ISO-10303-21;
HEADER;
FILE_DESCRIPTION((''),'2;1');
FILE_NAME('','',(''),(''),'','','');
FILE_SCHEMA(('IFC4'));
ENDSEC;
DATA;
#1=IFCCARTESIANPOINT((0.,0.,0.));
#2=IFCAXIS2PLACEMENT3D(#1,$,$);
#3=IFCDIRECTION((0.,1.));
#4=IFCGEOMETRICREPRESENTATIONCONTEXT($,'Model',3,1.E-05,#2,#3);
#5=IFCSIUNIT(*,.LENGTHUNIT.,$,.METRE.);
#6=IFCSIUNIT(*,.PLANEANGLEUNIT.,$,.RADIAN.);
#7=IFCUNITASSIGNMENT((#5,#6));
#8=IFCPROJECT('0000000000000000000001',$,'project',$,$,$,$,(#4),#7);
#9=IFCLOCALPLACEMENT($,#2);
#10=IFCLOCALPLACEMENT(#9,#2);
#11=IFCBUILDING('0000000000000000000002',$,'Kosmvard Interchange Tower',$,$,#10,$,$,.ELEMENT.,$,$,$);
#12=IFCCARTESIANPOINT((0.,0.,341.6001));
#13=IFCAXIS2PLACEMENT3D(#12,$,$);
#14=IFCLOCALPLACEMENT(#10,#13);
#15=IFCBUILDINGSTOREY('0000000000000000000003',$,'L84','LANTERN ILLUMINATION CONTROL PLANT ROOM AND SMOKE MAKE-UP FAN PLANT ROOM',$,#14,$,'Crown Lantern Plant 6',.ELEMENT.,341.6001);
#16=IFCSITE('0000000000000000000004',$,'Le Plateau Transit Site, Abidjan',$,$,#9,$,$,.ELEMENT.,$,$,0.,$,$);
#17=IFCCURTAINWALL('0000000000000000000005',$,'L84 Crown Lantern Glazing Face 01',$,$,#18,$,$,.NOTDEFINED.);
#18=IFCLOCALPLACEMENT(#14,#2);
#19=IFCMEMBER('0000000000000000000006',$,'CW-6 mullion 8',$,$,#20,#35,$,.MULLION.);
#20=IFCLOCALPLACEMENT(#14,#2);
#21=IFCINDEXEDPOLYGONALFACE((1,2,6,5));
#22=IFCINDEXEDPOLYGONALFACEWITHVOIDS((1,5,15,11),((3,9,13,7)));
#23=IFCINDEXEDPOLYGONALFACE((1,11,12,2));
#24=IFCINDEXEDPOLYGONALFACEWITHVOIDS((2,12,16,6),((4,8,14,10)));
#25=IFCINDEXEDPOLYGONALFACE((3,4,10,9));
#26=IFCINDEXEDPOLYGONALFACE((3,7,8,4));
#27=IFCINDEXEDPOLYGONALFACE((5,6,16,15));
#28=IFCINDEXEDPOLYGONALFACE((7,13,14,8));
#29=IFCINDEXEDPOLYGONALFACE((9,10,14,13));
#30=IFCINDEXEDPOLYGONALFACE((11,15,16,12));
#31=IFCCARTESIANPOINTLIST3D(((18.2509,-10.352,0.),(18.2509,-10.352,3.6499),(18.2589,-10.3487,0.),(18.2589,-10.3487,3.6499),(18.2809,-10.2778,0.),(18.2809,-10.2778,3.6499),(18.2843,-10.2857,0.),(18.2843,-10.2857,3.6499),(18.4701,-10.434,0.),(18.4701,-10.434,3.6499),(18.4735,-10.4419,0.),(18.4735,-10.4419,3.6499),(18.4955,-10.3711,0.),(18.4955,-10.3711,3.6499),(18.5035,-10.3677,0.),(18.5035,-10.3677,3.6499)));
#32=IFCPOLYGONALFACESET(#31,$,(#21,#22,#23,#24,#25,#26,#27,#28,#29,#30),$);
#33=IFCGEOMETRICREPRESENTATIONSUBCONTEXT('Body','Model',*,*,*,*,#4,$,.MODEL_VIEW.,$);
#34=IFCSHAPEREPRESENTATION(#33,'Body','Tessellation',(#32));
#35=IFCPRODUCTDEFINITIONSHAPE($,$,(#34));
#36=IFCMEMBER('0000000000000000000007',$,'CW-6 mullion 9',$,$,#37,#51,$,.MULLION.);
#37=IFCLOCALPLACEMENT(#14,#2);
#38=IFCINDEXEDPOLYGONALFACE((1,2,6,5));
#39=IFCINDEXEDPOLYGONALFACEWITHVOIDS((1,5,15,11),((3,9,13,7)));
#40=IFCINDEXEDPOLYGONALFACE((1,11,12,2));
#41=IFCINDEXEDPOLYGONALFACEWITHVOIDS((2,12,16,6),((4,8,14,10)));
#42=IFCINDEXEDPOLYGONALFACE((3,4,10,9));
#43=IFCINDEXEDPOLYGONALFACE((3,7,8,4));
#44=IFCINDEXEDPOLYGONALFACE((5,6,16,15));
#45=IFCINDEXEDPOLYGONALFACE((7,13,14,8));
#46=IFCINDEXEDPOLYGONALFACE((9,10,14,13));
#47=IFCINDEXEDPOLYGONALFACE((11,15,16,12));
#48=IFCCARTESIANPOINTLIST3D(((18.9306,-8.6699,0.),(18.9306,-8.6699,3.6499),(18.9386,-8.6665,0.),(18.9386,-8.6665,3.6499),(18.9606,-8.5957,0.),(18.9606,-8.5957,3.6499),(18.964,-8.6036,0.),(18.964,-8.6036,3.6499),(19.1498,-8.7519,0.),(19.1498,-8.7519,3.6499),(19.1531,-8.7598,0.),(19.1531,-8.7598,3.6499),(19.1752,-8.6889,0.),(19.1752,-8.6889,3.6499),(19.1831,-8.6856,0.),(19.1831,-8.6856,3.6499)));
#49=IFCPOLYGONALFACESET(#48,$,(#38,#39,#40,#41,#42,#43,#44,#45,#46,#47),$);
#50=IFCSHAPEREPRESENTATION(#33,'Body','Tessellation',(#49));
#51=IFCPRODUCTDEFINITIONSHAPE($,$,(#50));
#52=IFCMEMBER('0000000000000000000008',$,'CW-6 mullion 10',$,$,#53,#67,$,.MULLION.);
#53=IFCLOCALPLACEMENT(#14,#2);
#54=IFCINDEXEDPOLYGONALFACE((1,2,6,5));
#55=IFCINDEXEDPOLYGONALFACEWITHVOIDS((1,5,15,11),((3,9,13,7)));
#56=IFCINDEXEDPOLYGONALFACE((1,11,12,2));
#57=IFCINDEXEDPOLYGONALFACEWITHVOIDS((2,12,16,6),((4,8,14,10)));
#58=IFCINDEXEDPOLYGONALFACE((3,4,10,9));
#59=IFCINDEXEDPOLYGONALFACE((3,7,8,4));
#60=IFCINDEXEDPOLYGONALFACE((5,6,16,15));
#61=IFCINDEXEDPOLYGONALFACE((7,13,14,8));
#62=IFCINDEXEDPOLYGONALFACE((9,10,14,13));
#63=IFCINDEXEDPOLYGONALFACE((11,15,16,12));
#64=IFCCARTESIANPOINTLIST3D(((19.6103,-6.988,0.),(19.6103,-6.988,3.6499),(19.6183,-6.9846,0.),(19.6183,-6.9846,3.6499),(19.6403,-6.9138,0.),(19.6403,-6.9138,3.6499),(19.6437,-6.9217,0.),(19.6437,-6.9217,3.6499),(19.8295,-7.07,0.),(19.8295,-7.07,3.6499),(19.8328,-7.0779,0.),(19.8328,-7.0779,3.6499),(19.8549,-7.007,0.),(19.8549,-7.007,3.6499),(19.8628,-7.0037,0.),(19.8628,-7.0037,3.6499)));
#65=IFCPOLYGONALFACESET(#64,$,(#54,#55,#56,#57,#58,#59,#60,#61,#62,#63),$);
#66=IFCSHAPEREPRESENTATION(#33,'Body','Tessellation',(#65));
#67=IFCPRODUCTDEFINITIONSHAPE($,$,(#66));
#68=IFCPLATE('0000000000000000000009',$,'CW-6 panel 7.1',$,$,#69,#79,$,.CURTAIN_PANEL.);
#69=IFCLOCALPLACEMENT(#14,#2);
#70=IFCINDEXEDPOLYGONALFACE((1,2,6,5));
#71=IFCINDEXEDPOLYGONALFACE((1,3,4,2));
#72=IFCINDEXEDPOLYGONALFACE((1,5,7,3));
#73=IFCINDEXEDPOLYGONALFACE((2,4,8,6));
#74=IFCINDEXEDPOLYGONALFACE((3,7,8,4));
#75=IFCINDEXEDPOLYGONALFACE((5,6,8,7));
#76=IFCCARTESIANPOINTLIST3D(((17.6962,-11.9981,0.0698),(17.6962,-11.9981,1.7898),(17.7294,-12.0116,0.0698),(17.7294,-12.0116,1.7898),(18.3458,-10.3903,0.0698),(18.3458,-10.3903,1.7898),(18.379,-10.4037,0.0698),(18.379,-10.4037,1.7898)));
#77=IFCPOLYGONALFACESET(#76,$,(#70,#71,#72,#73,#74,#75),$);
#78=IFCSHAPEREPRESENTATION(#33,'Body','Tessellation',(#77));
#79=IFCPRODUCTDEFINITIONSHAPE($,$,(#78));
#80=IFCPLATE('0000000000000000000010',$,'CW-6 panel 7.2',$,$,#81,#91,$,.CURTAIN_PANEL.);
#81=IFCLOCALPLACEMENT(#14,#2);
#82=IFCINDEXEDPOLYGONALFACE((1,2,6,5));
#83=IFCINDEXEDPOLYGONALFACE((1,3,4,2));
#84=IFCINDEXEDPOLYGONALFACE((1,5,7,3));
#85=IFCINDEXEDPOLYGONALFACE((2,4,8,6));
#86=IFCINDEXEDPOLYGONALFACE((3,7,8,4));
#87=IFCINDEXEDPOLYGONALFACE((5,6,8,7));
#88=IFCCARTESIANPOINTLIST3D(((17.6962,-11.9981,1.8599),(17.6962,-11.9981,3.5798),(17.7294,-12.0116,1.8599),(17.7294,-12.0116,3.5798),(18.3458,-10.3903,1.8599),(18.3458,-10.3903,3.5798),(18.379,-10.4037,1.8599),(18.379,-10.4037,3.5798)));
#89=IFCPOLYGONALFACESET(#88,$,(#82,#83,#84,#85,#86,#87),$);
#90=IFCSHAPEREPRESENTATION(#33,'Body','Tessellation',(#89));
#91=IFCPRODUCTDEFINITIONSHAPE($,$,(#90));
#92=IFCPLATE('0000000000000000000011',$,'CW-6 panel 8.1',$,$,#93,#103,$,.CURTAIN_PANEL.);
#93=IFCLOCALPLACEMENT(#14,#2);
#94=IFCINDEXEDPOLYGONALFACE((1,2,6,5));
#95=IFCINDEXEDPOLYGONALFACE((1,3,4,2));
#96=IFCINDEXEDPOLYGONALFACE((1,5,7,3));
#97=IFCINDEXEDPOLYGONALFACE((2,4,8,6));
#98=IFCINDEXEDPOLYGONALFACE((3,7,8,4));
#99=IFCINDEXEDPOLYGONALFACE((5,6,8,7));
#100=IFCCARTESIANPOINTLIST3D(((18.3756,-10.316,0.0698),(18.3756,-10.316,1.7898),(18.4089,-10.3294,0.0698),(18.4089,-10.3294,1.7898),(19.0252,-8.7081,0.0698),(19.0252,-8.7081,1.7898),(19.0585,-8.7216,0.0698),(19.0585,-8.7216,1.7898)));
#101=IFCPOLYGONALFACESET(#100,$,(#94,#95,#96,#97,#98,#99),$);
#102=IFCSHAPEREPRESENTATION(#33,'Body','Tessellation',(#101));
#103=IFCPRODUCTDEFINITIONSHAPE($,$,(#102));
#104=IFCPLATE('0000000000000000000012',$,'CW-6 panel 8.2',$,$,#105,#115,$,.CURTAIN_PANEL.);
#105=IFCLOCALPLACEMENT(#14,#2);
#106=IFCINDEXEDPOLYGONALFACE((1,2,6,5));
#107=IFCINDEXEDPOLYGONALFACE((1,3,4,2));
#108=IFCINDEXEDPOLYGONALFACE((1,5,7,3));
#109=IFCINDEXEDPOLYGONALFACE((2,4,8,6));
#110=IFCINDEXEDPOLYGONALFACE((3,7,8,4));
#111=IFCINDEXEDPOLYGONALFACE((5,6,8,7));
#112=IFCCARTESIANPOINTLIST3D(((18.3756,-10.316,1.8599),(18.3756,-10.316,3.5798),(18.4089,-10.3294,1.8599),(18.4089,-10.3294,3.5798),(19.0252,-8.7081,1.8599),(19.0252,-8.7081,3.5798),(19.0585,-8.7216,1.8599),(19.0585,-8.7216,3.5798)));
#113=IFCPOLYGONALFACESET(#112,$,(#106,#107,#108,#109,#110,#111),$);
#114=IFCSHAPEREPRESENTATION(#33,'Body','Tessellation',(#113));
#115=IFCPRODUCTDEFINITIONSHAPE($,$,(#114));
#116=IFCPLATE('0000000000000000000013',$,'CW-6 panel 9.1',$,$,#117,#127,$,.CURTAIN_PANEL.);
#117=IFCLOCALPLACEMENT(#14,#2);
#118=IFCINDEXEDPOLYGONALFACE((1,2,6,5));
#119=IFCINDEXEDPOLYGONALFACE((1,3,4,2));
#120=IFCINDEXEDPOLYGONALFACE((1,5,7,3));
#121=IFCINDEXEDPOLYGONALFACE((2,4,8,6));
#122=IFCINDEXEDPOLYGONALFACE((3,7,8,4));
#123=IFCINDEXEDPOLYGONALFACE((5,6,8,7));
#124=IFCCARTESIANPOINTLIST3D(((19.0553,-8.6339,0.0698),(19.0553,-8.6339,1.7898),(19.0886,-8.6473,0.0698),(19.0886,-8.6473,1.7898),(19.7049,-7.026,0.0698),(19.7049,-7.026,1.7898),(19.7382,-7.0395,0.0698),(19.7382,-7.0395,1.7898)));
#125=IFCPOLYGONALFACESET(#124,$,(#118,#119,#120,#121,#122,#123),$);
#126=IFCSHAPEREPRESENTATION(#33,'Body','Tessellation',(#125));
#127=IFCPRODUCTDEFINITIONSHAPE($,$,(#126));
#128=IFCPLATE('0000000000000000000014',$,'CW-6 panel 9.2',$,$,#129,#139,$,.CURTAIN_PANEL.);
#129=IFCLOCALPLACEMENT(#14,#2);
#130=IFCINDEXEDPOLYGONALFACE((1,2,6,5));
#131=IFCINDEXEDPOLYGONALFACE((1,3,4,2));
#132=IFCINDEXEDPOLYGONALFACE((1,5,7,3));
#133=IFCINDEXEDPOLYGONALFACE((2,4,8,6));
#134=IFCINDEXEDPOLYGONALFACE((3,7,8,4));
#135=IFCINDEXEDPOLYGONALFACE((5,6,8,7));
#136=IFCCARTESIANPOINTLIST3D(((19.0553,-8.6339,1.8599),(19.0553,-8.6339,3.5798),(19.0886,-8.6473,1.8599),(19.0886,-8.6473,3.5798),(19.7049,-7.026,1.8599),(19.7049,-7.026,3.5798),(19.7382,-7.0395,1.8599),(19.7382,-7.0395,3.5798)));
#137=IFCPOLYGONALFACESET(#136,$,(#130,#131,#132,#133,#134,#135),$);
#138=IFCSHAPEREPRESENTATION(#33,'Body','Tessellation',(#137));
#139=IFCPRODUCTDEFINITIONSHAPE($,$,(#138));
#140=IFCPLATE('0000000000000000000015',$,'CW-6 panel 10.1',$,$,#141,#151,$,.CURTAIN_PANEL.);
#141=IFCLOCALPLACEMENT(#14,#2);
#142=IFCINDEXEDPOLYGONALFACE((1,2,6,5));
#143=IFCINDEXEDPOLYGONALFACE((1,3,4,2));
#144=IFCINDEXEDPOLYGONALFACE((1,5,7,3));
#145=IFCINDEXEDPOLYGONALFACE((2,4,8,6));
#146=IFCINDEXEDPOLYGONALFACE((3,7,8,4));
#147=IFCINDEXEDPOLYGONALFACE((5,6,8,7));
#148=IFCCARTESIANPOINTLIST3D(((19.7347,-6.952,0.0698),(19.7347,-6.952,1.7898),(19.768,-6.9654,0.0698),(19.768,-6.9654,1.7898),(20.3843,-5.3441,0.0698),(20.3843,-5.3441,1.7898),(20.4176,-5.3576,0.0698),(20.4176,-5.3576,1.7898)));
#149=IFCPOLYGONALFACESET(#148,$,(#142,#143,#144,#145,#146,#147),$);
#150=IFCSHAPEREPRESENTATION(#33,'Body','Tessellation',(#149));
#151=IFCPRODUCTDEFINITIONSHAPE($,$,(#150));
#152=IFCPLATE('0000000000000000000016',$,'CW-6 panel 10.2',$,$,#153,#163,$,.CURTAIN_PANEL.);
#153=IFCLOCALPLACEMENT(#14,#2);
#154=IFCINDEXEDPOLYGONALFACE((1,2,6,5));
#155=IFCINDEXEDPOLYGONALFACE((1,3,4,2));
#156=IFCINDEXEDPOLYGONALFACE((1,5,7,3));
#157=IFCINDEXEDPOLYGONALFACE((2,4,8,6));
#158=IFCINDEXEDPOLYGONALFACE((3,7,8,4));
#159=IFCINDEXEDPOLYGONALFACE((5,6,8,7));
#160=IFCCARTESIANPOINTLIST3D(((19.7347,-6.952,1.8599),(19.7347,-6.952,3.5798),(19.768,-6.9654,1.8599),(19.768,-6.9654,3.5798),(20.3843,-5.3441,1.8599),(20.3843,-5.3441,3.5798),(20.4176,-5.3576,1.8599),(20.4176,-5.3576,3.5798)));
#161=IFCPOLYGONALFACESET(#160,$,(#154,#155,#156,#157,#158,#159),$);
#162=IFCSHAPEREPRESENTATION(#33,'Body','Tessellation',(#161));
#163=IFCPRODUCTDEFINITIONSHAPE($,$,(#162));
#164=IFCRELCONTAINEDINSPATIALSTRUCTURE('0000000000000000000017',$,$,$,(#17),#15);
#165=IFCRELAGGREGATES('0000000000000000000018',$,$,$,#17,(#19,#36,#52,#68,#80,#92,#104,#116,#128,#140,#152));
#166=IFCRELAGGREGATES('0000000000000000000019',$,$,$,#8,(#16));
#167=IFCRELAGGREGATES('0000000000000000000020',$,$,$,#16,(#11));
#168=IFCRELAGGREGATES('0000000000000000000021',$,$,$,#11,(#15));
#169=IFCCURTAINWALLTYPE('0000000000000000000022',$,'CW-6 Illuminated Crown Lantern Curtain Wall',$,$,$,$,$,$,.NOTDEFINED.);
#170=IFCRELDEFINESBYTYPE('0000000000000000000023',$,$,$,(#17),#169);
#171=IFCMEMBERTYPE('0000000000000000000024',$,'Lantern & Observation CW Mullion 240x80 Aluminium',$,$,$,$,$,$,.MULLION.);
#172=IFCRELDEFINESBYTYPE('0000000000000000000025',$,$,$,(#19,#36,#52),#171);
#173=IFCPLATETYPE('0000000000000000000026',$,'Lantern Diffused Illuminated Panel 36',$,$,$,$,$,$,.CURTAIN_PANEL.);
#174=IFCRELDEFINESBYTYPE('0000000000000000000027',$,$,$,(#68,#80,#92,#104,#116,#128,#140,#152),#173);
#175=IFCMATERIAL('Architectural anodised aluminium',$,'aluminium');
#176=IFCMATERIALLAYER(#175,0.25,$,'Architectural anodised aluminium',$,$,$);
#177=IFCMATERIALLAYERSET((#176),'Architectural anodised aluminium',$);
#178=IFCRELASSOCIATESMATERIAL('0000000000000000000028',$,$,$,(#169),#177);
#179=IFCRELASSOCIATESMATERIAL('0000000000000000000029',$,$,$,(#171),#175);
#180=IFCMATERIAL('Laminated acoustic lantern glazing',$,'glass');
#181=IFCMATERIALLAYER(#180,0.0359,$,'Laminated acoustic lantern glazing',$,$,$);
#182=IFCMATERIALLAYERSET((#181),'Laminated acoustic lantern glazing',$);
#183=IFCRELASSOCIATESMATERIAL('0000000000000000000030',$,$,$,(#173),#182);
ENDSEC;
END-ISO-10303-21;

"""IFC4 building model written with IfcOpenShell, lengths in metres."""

from ifc_helpers import new_model, si_unit, direction, frame, origin, origin_2d, place, context, subcontext, project, spatial, rectangle, hollow_rectangle, extrude, source, transform, mapped, material, layer, layer_set, material_profile, profile_set, type_object, element, aggregate, save


model = new_model("IFC4")

# Units and contexts
model_context = context("Model", 3, precision=1e-05, world=origin(), true_north=direction((0.0, 1.0)))
body_context = subcontext(model_context, "Body", "Model", "MODEL_VIEW")
ifc_project = project(units=[si_unit("LENGTHUNIT", "METRE"), si_unit("PLANEANGLEUNIT", "RADIAN")], contexts=[model_context])

# Site, building, storey
site_placement = place(None, origin())
site = spatial("IfcSite", under=ifc_project, at=site_placement, Name="Le Plateau Transit Site, Abidjan", CompositionType="ELEMENT", RefElevation=0.0)
building_placement = place(site_placement, origin())
building = spatial("IfcBuilding", under=site, at=building_placement, Name="Kosmvard Interchange Tower", CompositionType="ELEMENT")
storey_placement = place(building_placement, frame((0.0, 0.0, 341.6001)))
storey = spatial("IfcBuildingStorey", under=building, at=storey_placement, Name="L84", Description="LANTERN ILLUMINATION CONTROL PLANT ROOM AND SMOKE MAKE-UP FAN PLANT ROOM", LongName="Crown Lantern Plant 6", CompositionType="ELEMENT", Elevation=341.6001)

# Curtain wall, members, plates
ifc_material_1 = material(Name="Architectural anodised aluminium", Category="aluminium")
ifc_layer_1 = layer(ifc_material_1, 0.25, Name="Architectural anodised aluminium")
ifc_layer_set_1 = layer_set([ifc_layer_1], Name="Architectural anodised aluminium")
curtain_wall_type = type_object("IfcCurtainWallType", Name="CW-6 Illuminated Crown Lantern Curtain Wall", PredefinedType="NOTDEFINED", material=ifc_layer_set_1)
curtain_wall_placement = place(storey_placement, origin())
curtain_wall = element("IfcCurtainWall", 1, at=curtain_wall_placement, inside=storey, type_object=curtain_wall_type, Name="L84 Crown Lantern Glazing Face 01", PredefinedType="NOTDEFINED")
ifc_material_profile_1 = material_profile(ifc_material_1, hollow_rectangle(XDim=0.24, YDim=0.0801, WallThickness=0.0061, at=origin_2d()), Name="CWM 240x80x6")
ifc_profile_set_1 = profile_set([ifc_material_profile_1], Name="Architectural anodised aluminium")
member_type_1 = type_object("IfcMemberType", Name="Lantern & Observation CW Mullion 240x80 Aluminium", PredefinedType="MULLION", material=ifc_profile_set_1)
shared_shape_1 = source(origin(), body_context, "Body", "SweptSolid", [
    extrude(hollow_rectangle(XDim=0.24, YDim=0.0801, WallThickness=0.0061, at=origin_2d()), origin(), (0.0, 0.0, 1.0), 3.6499),
])
member_1_placement = place(storey_placement, frame((18.3772, -10.3599, 0.0), z_axis=(0.0, 0.0, 1.0), x_axis=(-0.927184, 0.374607, 0.0)))
member_1 = element("IfcMember", 2, at=member_1_placement, type_object=member_type_1, Name="CW-6 mullion 8", PredefinedType="MULLION", context=body_context, shape_type="MappedRepresentation", body=[
    mapped(shared_shape_1, transform((0.0, 0.0, 0.0), scale=1.0)),
])
member_2_placement = place(storey_placement, frame((19.0569, -8.6777, 0.0), z_axis=(0.0, 0.0, 1.0), x_axis=(-0.927184, 0.374607, 0.0)))
member_2 = element("IfcMember", 3, at=member_2_placement, type_object=member_type_1, Name="CW-6 mullion 9", PredefinedType="MULLION", context=body_context, shape_type="MappedRepresentation", body=[
    mapped(shared_shape_1, transform((0.0, 0.0, 0.0), scale=1.0)),
])
member_3_placement = place(storey_placement, frame((19.7366, -6.9958, 0.0), z_axis=(0.0, 0.0, 1.0), x_axis=(-0.927184, 0.374607, 0.0)))
member_3 = element("IfcMember", 4, at=member_3_placement, type_object=member_type_1, Name="CW-6 mullion 10", PredefinedType="MULLION", context=body_context, shape_type="MappedRepresentation", body=[
    mapped(shared_shape_1, transform((0.0, 0.0, 0.0), scale=1.0)),
])
ifc_material_2 = material(Name="Laminated acoustic lantern glazing", Category="glass")
ifc_layer_2 = layer(ifc_material_2, 0.0359, Name="Laminated acoustic lantern glazing")
ifc_layer_set_2 = layer_set([ifc_layer_2], Name="Laminated acoustic lantern glazing")
plate_type = type_object("IfcPlateType", Name="Lantern Diffused Illuminated Panel 36", PredefinedType="CURTAIN_PANEL", material=ifc_layer_set_2)
shared_shape_2 = source(origin(), body_context, "Body", "SweptSolid", [
    extrude(rectangle(XDim=1.7341, YDim=0.0359, at=origin_2d()), origin(), (0.0, 0.0, 1.0), 1.72),
])
plate_1_placement = place(storey_placement, frame((18.0376, -11.2009, 0.0698), z_axis=(0.0, 0.0, 1.0), x_axis=(0.374607, 0.927184, 0.0)))
plate_1 = element("IfcPlate", 5, at=plate_1_placement, type_object=plate_type, Name="CW-6 panel 7.1", PredefinedType="CURTAIN_PANEL", context=body_context, shape_type="MappedRepresentation", body=[
    mapped(shared_shape_2, transform((0.0, 0.0, 0.0), scale=1.0)),
])
plate_2_placement = place(storey_placement, frame((18.0376, -11.2009, 1.8599), z_axis=(0.0, 0.0, 1.0), x_axis=(0.374607, 0.927184, 0.0)))
plate_2 = element("IfcPlate", 6, at=plate_2_placement, type_object=plate_type, Name="CW-6 panel 7.2", PredefinedType="CURTAIN_PANEL", context=body_context, shape_type="MappedRepresentation", body=[
    mapped(shared_shape_2, transform((0.0, 0.0, 0.0), scale=1.0)),
])
plate_3_placement = place(storey_placement, frame((18.717, -9.5188, 0.0698), z_axis=(0.0, 0.0, 1.0), x_axis=(0.374607, 0.927184, 0.0)))
plate_3 = element("IfcPlate", 7, at=plate_3_placement, type_object=plate_type, Name="CW-6 panel 8.1", PredefinedType="CURTAIN_PANEL", context=body_context, shape_type="MappedRepresentation", body=[
    mapped(shared_shape_2, transform((0.0, 0.0, 0.0), scale=1.0)),
])
plate_4_placement = place(storey_placement, frame((18.717, -9.5188, 1.8599), z_axis=(0.0, 0.0, 1.0), x_axis=(0.374607, 0.927184, 0.0)))
plate_4 = element("IfcPlate", 8, at=plate_4_placement, type_object=plate_type, Name="CW-6 panel 8.2", PredefinedType="CURTAIN_PANEL", context=body_context, shape_type="MappedRepresentation", body=[
    mapped(shared_shape_2, transform((0.0, 0.0, 0.0), scale=1.0)),
])
plate_5_placement = place(storey_placement, frame((19.3967, -7.8367, 0.0698), z_axis=(0.0, 0.0, 1.0), x_axis=(0.374607, 0.927184, 0.0)))
plate_5 = element("IfcPlate", 9, at=plate_5_placement, type_object=plate_type, Name="CW-6 panel 9.1", PredefinedType="CURTAIN_PANEL", context=body_context, shape_type="MappedRepresentation", body=[
    mapped(shared_shape_2, transform((0.0, 0.0, 0.0), scale=1.0)),
])
plate_6_placement = place(storey_placement, frame((19.3967, -7.8367, 1.8599), z_axis=(0.0, 0.0, 1.0), x_axis=(0.374607, 0.927184, 0.0)))
plate_6 = element("IfcPlate", 10, at=plate_6_placement, type_object=plate_type, Name="CW-6 panel 9.2", PredefinedType="CURTAIN_PANEL", context=body_context, shape_type="MappedRepresentation", body=[
    mapped(shared_shape_2, transform((0.0, 0.0, 0.0), scale=1.0)),
])
plate_7_placement = place(storey_placement, frame((20.0762, -6.1548, 0.0698), z_axis=(0.0, 0.0, 1.0), x_axis=(0.374607, 0.927184, 0.0)))
plate_7 = element("IfcPlate", 11, at=plate_7_placement, type_object=plate_type, Name="CW-6 panel 10.1", PredefinedType="CURTAIN_PANEL", context=body_context, shape_type="MappedRepresentation", body=[
    mapped(shared_shape_2, transform((0.0, 0.0, 0.0), scale=1.0)),
])
plate_8_placement = place(storey_placement, frame((20.0762, -6.1548, 1.8599), z_axis=(0.0, 0.0, 1.0), x_axis=(0.374607, 0.927184, 0.0)))
plate_8 = element("IfcPlate", 12, at=plate_8_placement, type_object=plate_type, Name="CW-6 panel 10.2", PredefinedType="CURTAIN_PANEL", context=body_context, shape_type="MappedRepresentation", body=[
    mapped(shared_shape_2, transform((0.0, 0.0, 0.0), scale=1.0)),
])
aggregate(curtain_wall, [member_1, member_2, member_3, plate_1, plate_2, plate_3, plate_4, plate_5, plate_6, plate_7, plate_8])

save(model, "model.ifc")
